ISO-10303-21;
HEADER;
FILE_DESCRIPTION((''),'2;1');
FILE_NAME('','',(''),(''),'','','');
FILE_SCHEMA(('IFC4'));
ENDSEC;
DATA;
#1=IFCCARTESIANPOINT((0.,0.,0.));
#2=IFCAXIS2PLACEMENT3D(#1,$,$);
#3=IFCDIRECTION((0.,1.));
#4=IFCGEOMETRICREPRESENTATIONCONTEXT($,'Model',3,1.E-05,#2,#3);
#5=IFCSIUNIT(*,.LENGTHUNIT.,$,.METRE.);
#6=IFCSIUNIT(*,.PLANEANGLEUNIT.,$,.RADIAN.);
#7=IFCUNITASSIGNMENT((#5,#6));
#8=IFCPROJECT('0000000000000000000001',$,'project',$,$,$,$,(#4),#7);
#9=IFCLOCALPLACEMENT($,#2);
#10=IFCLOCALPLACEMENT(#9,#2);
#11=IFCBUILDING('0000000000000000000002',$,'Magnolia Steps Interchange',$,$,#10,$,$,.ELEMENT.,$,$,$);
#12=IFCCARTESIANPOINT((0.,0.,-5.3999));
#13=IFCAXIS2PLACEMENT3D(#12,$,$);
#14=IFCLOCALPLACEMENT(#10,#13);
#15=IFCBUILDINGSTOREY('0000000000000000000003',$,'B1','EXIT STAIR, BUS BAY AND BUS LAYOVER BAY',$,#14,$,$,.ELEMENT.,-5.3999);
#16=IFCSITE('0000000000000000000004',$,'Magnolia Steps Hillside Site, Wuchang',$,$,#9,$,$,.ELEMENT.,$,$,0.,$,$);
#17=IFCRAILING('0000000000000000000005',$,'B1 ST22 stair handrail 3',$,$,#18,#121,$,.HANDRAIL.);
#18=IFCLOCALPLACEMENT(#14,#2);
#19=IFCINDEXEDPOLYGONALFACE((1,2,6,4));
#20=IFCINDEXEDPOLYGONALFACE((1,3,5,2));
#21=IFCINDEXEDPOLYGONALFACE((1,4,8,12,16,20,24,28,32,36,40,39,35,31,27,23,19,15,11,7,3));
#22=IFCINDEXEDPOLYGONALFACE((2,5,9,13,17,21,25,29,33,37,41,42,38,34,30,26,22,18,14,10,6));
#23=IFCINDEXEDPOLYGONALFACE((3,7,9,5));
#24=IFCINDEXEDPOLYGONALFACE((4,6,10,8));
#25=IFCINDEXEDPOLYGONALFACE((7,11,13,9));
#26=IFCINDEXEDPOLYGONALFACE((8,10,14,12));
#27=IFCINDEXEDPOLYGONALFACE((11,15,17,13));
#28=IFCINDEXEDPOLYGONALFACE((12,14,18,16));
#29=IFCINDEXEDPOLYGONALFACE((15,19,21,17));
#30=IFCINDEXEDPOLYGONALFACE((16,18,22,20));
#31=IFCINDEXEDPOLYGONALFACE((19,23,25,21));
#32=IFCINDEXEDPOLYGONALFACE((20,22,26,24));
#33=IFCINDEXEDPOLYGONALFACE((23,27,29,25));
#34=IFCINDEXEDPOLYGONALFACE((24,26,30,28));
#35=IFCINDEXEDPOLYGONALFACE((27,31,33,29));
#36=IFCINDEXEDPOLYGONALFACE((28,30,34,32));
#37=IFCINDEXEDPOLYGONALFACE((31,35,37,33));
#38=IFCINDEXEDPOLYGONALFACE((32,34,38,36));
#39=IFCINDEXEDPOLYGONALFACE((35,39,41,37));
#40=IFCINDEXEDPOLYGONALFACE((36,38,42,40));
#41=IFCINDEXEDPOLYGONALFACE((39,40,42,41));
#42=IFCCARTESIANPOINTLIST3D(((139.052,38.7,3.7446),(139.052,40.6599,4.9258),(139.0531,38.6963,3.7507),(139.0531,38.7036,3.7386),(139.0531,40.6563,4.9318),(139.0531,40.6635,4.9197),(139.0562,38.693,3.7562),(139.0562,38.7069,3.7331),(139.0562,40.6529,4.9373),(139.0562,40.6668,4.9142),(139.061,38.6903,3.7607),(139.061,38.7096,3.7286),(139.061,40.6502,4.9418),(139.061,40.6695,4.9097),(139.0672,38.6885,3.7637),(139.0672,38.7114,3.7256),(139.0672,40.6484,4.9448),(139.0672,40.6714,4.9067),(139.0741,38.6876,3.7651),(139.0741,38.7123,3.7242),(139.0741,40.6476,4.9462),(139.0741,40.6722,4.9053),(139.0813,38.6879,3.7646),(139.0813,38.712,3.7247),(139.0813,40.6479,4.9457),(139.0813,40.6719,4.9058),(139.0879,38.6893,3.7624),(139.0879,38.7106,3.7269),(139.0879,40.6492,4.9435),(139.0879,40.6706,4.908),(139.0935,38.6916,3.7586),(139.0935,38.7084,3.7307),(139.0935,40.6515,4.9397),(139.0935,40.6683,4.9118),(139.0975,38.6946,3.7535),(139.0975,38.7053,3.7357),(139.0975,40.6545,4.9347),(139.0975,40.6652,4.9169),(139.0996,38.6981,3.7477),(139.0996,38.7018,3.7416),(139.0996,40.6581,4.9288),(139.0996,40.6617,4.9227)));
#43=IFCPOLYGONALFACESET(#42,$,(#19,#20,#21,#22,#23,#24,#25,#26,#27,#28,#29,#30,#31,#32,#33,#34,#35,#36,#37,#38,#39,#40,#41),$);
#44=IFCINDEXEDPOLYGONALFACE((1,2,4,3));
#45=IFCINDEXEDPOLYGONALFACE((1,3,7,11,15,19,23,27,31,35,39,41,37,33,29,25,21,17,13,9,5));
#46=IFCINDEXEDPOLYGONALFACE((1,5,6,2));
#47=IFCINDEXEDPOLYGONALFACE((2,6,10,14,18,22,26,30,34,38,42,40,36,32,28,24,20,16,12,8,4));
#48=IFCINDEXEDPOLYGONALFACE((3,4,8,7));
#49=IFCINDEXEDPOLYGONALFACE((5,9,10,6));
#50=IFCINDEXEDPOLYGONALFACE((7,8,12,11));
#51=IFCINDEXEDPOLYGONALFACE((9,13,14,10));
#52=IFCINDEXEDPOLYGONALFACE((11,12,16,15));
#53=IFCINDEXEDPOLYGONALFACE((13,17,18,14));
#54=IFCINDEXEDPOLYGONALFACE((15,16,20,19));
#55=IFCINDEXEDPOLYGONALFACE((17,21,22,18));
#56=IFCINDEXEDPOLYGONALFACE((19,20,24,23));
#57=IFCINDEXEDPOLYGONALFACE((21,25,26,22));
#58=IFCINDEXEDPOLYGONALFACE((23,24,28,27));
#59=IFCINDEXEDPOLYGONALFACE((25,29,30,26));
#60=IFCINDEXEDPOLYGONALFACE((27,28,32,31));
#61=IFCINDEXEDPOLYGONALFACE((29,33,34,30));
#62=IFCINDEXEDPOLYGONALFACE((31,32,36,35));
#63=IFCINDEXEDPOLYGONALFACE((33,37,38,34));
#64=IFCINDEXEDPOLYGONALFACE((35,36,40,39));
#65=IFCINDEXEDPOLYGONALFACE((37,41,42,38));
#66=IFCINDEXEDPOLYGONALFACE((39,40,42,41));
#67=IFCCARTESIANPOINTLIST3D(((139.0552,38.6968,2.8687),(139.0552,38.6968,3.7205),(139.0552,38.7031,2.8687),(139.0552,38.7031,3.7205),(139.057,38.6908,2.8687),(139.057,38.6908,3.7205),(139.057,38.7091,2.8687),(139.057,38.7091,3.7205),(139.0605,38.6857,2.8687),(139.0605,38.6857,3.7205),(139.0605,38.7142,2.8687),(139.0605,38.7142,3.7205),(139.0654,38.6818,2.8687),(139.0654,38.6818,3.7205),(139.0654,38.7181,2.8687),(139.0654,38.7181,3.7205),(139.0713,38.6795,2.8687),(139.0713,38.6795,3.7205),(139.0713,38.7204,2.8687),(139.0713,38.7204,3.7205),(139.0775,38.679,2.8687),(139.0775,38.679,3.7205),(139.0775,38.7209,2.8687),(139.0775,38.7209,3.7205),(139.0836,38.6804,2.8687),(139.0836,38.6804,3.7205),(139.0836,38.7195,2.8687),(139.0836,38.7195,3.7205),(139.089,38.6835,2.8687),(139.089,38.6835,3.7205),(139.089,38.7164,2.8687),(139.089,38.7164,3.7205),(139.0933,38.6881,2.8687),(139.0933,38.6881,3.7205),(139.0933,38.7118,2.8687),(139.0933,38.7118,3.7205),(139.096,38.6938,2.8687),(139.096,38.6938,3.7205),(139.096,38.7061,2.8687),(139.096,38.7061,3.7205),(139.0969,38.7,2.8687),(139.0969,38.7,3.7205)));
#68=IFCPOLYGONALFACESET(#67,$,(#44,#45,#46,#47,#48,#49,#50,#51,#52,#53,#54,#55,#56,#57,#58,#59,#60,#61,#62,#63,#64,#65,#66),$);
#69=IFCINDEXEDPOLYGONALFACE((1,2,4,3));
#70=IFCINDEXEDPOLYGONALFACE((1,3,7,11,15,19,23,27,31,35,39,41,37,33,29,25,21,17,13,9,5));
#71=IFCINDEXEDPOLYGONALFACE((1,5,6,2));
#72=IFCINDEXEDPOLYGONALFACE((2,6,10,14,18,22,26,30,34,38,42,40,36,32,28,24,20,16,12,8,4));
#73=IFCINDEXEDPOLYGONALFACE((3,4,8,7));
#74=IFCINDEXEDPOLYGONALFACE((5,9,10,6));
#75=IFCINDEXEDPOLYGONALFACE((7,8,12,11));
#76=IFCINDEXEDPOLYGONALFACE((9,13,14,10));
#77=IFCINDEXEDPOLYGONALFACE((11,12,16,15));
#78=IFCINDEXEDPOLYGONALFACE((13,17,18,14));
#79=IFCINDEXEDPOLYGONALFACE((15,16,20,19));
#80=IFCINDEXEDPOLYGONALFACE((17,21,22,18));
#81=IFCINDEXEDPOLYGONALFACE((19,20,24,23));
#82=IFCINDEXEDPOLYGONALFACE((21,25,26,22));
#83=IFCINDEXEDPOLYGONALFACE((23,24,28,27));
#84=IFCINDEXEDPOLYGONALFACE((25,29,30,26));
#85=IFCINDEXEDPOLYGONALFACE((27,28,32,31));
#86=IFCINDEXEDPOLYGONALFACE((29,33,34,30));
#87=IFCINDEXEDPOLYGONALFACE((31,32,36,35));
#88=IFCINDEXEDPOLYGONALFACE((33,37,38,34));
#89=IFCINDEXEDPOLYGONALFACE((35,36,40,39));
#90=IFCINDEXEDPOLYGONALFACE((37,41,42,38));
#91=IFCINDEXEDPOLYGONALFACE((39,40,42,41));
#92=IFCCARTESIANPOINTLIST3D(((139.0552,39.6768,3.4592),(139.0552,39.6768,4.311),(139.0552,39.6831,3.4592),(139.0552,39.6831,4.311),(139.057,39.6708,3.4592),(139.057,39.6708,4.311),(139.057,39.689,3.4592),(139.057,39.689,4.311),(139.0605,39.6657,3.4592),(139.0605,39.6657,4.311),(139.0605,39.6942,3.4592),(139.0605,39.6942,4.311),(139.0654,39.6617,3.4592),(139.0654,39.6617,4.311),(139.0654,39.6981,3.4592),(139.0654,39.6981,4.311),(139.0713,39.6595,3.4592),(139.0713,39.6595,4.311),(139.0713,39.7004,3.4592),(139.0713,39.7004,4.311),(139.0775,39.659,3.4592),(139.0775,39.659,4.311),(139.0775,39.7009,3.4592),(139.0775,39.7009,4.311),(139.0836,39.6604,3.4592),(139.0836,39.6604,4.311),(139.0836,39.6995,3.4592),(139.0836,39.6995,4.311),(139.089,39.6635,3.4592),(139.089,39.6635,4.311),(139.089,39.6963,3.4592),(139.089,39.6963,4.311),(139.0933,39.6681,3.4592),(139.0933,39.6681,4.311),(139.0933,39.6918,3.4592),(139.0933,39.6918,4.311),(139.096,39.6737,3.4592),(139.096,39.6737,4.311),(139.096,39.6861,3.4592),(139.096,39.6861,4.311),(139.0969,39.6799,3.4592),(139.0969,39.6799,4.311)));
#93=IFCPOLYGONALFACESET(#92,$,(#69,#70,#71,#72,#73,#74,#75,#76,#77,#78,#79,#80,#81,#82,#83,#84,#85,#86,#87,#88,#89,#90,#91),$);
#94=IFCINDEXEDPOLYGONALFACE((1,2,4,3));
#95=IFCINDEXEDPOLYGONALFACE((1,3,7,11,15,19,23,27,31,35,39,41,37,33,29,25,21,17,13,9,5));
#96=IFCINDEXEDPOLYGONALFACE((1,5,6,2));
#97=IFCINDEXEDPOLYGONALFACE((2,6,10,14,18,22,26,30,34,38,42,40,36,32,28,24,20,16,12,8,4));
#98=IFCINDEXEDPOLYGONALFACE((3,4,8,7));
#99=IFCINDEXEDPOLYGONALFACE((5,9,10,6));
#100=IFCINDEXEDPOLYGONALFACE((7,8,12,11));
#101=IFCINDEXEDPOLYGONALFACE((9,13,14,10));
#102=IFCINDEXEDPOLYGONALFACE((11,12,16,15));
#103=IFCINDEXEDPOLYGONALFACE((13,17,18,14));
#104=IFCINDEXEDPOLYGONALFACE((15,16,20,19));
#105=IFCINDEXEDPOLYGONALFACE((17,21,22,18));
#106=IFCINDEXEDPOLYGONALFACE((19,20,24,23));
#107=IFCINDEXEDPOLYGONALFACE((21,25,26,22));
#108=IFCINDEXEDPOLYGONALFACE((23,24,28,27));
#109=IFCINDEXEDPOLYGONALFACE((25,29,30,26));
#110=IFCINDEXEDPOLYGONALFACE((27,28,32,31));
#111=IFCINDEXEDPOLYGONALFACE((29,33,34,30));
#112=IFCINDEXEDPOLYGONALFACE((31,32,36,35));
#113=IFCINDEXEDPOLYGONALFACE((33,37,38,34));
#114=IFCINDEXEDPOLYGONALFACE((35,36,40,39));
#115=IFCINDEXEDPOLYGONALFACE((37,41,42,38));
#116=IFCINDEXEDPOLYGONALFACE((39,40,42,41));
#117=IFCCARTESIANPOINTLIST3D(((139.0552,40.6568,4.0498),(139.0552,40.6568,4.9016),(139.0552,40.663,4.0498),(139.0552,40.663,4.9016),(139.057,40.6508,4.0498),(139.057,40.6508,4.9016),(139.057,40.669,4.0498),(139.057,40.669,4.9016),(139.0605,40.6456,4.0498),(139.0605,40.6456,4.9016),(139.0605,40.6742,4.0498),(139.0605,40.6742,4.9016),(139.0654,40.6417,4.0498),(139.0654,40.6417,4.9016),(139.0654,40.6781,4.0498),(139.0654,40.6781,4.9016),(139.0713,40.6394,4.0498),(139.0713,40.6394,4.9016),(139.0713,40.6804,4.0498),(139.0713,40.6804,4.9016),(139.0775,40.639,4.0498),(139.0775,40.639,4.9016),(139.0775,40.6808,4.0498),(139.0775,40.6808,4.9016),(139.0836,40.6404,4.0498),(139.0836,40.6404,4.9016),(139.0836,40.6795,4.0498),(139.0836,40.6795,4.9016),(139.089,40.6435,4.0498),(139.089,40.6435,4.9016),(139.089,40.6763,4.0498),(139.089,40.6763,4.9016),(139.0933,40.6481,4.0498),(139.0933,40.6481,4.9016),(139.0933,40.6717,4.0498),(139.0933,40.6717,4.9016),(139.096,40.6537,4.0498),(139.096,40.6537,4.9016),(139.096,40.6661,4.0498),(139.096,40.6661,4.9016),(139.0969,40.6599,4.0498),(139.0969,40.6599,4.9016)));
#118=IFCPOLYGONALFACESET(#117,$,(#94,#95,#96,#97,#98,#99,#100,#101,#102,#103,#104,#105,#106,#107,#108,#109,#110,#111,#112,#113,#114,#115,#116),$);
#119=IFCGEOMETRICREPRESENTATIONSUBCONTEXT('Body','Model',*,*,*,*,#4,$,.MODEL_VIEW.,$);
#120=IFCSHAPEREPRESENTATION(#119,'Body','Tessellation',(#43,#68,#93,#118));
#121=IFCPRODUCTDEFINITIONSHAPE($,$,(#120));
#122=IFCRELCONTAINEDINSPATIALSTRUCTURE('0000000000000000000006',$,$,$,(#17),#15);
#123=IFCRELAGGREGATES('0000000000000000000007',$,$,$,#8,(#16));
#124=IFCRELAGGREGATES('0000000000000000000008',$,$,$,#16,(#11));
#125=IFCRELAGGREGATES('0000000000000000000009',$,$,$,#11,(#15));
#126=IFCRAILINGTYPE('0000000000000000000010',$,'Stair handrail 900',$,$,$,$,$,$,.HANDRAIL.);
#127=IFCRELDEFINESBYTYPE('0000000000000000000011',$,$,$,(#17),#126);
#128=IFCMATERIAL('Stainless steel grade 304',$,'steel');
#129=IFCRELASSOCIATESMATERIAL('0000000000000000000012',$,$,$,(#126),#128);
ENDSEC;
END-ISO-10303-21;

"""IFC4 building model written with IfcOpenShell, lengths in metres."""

from ifc_helpers import new_model, si_unit, direction, frame, origin, origin_2d, place, context, subcontext, project, spatial, circle, extrude, material, type_object, element, save


model = new_model("IFC4")

# Units and contexts
model_context = context("Model", 3, precision=1e-05, world=origin(), true_north=direction((0.0, 1.0)))
body_context = subcontext(model_context, "Body", "Model", "MODEL_VIEW")
ifc_project = project(units=[si_unit("LENGTHUNIT", "METRE"), si_unit("PLANEANGLEUNIT", "RADIAN")], contexts=[model_context])

# Site, building, storey
site_placement = place(None, origin())
site = spatial("IfcSite", under=ifc_project, at=site_placement, Name="Magnolia Steps Hillside Site, Wuchang", CompositionType="ELEMENT", RefElevation=0.0)
building_placement = place(site_placement, origin())
building = spatial("IfcBuilding", under=site, at=building_placement, Name="Magnolia Steps Interchange", CompositionType="ELEMENT")
storey_placement = place(building_placement, frame((0.0, 0.0, -5.3999)))
storey = spatial("IfcBuildingStorey", under=building, at=storey_placement, Name="B1", Description="EXIT STAIR, BUS BAY AND BUS LAYOVER BAY", CompositionType="ELEMENT", Elevation=-5.3999)

# Railing
ifc_material_1 = material(Name="Stainless steel grade 304", Category="steel")
railing_type_1 = type_object("IfcRailingType", Name="Stair handrail 900", PredefinedType="HANDRAIL", material=ifc_material_1)
railing_1_placement = place(storey_placement, frame((139.0759, 38.7, 2.8687)))
element("IfcRailing", 1, at=railing_1_placement, inside=storey, type_object=railing_type_1, Name="B1 ST22 stair handrail 3", PredefinedType="HANDRAIL", context=body_context, shape_type="SweptSolid", body=[
    extrude(circle(Radius=0.0239, at=origin_2d()), frame((0.0, 0.0, 0.876), z_axis=(0.0, 0.856493, 0.516158), x_axis=(-1.0, 0.0, 0.0)), (0.0, 0.0, 1.0), 2.2883),
    extrude(circle(Radius=0.021, at=origin_2d()), origin(), (0.0, 0.0, 1.0), 0.8518),
    extrude(circle(Radius=0.021, at=origin_2d()), frame((0.0, 0.98, 0.5906)), (0.0, 0.0, 1.0), 0.8518),
    extrude(circle(Radius=0.021, at=origin_2d()), frame((0.0, 1.96, 1.1812)), (0.0, 0.0, 1.0), 0.8518),
])

save(model, "model.ifc")
